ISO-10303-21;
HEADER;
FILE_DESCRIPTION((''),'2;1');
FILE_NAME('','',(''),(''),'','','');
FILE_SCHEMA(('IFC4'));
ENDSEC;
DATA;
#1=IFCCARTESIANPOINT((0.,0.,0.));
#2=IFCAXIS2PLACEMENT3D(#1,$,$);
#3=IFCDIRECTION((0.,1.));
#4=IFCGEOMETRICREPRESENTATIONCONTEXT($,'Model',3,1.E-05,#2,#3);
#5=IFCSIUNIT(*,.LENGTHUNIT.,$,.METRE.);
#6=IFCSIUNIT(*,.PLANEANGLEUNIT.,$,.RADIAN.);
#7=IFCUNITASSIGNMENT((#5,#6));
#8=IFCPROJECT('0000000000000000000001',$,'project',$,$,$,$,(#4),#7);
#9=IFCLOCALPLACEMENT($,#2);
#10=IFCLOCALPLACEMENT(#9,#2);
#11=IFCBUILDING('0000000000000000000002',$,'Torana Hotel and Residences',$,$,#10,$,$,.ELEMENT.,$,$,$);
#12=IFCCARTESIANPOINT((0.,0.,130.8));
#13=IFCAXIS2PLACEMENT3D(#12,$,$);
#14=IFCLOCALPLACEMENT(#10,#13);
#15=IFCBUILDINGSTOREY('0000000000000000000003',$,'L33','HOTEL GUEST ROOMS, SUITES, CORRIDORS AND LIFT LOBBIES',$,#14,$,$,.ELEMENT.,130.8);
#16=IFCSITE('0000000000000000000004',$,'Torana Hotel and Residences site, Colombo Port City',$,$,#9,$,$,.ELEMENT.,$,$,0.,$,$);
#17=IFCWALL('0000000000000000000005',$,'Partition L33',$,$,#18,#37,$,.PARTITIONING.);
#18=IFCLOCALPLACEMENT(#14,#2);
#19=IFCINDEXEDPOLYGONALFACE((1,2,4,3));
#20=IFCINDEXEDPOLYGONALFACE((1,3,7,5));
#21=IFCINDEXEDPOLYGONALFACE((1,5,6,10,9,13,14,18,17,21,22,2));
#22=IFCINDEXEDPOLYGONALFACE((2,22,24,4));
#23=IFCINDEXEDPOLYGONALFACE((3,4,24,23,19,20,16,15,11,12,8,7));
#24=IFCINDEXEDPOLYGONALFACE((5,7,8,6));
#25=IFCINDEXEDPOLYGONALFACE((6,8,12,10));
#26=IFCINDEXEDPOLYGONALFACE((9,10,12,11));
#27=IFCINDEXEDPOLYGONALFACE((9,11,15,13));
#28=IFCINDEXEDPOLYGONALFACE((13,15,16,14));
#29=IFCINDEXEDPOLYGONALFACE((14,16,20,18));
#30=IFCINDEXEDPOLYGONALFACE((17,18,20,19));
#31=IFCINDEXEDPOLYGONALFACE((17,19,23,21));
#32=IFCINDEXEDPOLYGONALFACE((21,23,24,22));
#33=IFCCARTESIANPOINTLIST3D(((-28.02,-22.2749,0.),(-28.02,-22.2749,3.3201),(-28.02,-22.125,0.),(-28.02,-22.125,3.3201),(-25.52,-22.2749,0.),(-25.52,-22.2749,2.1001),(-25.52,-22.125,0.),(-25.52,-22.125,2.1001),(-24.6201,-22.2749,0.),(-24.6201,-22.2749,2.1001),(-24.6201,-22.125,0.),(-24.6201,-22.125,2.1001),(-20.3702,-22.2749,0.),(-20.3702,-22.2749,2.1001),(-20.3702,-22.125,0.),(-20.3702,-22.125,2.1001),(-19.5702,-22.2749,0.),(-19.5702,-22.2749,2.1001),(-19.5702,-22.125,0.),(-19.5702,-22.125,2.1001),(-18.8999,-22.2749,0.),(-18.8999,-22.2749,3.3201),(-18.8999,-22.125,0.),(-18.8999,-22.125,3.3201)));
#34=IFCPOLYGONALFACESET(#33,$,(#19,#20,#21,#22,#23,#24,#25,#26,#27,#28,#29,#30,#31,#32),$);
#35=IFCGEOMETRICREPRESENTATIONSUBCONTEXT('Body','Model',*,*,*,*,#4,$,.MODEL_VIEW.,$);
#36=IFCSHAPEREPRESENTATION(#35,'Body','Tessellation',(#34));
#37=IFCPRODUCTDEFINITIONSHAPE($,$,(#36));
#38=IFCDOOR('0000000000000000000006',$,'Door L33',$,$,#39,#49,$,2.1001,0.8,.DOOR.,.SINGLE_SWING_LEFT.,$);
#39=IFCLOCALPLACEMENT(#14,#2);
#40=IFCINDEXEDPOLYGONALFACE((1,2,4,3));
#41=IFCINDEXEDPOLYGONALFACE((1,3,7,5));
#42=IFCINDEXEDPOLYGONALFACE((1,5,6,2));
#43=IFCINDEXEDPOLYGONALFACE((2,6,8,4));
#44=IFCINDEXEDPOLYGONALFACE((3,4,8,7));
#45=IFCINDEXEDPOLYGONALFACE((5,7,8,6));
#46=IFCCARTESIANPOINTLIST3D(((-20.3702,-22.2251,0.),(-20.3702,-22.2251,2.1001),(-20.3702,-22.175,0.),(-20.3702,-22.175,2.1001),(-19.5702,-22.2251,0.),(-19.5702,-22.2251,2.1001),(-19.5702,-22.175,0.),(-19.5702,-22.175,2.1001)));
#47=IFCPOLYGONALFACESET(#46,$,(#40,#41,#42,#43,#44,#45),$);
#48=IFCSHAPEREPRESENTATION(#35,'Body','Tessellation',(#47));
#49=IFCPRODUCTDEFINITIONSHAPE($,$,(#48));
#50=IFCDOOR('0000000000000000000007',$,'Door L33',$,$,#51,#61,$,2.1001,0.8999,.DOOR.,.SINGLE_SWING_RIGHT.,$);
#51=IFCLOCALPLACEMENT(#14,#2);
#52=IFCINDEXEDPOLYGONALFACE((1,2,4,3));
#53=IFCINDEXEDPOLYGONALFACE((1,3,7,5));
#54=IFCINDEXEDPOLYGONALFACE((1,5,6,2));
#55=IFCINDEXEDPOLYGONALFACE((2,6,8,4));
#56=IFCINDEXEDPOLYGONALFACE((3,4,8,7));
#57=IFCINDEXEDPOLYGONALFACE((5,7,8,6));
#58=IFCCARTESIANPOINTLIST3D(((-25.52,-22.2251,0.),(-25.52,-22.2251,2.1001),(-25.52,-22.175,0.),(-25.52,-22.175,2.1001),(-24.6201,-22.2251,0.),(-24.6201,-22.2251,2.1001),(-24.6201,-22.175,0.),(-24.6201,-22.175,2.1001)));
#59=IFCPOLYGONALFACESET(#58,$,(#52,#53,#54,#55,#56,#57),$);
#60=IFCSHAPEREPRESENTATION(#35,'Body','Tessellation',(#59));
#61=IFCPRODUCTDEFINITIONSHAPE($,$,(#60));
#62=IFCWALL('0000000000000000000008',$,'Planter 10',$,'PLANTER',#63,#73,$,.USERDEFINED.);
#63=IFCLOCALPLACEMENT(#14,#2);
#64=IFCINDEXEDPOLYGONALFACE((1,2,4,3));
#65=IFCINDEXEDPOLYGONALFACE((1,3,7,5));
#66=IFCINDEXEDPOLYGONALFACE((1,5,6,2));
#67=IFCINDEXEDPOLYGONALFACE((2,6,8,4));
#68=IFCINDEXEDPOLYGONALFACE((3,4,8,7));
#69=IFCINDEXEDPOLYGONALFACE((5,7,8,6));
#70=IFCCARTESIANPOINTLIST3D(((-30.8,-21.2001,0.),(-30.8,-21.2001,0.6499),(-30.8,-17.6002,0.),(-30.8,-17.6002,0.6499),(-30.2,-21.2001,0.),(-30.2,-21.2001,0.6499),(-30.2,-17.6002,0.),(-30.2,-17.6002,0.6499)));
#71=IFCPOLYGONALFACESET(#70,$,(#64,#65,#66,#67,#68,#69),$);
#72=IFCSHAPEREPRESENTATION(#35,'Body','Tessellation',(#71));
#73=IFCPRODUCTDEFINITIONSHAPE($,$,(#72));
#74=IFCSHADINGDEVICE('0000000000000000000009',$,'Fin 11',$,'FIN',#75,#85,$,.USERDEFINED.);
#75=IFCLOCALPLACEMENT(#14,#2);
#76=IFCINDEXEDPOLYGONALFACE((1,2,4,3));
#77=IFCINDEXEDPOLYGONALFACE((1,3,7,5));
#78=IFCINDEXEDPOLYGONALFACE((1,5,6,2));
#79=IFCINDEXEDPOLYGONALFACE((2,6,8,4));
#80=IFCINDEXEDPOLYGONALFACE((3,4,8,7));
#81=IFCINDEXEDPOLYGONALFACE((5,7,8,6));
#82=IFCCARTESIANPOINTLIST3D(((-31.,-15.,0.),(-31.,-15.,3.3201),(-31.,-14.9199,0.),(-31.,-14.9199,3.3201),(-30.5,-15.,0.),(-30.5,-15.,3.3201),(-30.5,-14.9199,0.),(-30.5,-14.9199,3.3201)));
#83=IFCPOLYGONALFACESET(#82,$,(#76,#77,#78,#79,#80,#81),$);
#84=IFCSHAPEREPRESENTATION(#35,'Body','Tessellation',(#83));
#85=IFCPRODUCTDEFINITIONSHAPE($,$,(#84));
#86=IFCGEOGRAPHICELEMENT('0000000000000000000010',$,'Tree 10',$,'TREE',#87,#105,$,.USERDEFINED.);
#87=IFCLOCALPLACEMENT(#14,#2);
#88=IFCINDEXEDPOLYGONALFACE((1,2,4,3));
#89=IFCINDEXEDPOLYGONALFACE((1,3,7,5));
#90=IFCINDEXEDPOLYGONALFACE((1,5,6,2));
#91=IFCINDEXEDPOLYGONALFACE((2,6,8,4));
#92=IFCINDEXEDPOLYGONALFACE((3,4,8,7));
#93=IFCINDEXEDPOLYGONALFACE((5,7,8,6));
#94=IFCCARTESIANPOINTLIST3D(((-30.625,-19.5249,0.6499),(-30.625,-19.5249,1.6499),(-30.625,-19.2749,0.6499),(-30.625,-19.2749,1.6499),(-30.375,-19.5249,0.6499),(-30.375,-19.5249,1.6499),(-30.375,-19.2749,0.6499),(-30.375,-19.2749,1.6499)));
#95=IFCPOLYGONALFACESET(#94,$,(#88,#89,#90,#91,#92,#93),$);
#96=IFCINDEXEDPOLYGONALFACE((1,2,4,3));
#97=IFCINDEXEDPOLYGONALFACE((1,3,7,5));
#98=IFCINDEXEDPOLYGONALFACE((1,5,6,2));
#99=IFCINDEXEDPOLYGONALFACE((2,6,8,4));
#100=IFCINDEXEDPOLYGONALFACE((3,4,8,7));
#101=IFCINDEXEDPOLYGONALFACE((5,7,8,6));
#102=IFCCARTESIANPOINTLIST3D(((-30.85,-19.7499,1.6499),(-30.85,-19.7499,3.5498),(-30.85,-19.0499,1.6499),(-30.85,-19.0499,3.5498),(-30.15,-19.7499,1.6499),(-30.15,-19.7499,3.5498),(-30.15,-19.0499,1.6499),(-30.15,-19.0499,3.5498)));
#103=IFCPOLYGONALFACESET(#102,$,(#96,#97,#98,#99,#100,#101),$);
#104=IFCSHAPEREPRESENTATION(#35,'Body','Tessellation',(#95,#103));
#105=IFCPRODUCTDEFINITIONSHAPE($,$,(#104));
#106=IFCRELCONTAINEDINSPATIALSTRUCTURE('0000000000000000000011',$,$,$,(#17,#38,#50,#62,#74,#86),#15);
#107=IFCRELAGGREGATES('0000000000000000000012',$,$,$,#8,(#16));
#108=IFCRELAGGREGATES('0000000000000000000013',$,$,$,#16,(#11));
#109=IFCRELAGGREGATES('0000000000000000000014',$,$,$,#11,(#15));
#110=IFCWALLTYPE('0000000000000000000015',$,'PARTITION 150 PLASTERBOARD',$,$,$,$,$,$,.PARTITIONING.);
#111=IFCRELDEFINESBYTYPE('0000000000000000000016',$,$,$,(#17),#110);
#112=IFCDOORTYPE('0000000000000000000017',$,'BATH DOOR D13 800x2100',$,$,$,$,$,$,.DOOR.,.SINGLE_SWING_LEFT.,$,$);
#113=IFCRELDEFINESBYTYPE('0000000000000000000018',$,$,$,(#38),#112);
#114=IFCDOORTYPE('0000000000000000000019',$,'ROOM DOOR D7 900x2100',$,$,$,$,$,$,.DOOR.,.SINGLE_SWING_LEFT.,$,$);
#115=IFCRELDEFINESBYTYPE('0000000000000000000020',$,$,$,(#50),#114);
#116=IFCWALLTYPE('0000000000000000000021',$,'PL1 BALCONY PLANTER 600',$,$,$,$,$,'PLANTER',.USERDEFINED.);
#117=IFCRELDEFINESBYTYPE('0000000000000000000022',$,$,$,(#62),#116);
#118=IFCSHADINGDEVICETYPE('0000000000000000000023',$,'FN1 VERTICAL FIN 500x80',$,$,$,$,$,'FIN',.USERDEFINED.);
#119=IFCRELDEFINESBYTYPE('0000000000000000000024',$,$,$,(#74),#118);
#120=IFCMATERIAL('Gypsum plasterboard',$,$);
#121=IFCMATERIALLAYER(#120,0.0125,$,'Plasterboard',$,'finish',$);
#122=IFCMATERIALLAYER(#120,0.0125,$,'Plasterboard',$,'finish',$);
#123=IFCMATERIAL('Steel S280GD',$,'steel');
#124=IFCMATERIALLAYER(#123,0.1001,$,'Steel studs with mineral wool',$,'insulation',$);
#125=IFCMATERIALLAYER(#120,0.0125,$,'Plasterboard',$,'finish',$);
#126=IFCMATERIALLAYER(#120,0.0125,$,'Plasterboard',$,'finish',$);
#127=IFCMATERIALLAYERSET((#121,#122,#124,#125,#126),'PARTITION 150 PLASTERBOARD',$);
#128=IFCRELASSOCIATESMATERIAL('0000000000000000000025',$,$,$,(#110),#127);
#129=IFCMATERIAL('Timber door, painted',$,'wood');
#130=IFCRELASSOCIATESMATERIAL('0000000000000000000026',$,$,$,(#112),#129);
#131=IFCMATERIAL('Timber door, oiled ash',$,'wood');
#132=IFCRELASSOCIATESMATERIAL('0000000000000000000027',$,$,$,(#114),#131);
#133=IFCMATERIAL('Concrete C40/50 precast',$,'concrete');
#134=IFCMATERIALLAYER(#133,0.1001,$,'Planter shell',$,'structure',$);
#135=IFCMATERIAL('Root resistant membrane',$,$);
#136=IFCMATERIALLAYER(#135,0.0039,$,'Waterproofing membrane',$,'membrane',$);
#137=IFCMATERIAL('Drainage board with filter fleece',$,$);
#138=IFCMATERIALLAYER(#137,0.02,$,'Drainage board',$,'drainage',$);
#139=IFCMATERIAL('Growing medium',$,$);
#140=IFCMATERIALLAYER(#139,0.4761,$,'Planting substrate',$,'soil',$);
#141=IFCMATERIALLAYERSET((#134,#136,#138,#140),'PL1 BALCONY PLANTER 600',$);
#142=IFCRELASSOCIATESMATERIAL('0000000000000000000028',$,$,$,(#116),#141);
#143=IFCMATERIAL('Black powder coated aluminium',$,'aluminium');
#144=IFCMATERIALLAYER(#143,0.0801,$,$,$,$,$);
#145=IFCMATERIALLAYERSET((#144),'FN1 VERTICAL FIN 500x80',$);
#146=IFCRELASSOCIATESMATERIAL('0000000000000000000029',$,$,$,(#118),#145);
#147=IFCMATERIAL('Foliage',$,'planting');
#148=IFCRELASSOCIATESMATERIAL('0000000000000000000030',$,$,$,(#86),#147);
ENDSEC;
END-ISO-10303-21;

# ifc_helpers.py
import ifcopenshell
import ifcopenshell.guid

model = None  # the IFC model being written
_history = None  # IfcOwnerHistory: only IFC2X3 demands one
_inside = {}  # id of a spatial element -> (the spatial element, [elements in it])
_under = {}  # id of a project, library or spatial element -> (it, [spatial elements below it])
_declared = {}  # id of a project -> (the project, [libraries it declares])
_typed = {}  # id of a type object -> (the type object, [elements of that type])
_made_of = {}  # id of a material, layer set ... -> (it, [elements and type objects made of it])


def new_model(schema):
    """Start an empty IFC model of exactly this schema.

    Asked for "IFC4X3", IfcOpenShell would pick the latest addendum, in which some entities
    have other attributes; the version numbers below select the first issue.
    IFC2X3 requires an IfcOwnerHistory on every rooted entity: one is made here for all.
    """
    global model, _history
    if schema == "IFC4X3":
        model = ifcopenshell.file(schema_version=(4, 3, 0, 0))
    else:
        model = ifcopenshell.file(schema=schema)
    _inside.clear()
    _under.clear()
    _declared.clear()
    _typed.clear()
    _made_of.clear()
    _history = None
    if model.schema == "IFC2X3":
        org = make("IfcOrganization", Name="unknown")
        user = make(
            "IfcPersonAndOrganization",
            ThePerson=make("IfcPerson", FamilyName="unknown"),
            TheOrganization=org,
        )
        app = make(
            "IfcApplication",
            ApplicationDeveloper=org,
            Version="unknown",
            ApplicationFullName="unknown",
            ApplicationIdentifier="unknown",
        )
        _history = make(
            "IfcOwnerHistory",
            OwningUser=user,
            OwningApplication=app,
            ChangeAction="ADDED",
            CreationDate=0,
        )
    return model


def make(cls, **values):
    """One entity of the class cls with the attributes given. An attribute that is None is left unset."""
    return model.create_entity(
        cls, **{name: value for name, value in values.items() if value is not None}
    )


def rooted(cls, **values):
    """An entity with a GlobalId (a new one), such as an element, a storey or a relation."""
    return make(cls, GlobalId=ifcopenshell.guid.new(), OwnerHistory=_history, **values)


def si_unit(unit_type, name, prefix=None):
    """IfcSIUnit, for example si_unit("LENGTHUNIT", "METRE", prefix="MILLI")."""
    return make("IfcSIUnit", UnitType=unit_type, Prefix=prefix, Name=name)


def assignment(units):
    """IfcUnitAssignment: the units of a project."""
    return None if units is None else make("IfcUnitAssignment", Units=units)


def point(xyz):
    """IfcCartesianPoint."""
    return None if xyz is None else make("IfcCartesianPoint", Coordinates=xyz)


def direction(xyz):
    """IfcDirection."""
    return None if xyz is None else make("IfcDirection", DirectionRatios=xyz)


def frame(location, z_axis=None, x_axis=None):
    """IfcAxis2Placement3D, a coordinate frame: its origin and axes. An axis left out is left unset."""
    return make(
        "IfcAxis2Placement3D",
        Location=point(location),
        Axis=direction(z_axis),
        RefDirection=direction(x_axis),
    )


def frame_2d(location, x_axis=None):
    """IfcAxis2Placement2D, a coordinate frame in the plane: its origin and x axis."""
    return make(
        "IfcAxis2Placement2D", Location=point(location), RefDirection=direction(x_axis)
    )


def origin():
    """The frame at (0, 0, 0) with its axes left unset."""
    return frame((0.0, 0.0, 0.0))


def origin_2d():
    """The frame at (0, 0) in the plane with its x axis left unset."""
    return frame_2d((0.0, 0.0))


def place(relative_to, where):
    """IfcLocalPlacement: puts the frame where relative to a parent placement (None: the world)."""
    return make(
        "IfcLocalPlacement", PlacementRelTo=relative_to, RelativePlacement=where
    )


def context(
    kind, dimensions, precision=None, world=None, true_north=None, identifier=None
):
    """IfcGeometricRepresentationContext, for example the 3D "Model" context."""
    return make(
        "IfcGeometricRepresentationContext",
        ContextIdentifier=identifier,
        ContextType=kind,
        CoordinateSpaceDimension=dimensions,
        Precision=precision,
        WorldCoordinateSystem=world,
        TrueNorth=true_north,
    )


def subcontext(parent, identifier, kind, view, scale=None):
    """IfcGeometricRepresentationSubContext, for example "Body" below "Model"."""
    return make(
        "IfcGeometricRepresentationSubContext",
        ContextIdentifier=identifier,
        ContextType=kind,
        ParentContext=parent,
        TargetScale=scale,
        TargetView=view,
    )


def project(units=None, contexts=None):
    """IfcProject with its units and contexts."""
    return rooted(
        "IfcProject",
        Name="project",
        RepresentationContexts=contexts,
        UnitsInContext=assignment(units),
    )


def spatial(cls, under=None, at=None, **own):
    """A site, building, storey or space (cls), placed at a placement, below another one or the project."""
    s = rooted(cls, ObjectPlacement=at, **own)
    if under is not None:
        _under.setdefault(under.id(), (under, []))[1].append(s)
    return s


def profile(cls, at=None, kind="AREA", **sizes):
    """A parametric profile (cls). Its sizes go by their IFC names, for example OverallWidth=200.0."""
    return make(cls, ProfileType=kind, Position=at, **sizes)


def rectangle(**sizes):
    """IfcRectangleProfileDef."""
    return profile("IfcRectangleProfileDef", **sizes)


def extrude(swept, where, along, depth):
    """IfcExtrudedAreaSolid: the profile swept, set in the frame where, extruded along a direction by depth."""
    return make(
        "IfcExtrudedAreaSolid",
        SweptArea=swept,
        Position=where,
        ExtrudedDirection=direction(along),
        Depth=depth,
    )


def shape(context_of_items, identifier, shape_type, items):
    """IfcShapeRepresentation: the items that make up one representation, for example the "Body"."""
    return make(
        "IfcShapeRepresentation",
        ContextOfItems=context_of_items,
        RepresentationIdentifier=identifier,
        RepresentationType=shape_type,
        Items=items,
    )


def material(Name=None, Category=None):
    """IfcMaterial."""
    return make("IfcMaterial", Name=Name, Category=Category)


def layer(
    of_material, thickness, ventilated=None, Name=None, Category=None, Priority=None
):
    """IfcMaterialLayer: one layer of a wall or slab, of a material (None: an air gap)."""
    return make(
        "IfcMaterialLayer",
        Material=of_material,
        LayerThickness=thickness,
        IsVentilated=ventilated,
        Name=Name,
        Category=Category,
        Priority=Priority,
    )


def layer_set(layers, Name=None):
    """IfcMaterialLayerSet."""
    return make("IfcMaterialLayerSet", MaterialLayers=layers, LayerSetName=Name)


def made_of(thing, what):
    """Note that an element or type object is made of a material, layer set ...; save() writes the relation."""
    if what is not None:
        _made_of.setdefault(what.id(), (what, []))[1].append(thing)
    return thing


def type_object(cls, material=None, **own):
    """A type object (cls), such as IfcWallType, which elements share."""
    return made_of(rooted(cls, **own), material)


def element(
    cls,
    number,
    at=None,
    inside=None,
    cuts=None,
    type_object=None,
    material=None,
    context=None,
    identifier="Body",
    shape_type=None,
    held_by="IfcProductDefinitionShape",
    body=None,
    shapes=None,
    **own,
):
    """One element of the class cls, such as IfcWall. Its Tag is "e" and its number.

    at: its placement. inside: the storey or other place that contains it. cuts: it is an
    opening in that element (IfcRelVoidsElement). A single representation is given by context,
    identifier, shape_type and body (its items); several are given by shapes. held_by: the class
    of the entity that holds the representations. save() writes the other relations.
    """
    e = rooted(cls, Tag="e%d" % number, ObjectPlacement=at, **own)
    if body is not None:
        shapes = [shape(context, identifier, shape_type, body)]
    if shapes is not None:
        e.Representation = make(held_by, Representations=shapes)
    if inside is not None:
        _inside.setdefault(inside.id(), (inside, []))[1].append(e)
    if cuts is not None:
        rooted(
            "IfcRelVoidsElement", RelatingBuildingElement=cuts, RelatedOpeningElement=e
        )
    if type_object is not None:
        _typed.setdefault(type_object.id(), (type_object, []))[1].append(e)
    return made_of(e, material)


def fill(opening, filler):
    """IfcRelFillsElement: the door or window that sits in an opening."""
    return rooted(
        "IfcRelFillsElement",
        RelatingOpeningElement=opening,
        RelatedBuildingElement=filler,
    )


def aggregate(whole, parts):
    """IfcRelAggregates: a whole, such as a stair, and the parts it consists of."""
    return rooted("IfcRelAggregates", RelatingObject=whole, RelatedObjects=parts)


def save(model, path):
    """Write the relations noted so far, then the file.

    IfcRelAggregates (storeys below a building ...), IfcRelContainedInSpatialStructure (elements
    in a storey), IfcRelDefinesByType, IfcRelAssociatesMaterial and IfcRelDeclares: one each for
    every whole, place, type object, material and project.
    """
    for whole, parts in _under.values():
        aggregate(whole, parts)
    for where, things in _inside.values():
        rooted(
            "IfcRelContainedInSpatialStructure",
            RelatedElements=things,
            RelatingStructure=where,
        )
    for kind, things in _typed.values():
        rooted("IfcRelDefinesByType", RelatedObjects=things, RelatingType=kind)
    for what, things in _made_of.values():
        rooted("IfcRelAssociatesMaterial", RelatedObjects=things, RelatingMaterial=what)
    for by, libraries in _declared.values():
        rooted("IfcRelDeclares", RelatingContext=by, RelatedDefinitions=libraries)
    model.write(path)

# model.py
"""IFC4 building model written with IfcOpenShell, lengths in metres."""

from ifc_helpers import new_model, si_unit, direction, frame, frame_2d, origin, origin_2d, place, context, subcontext, project, spatial, rectangle, extrude, material, layer, layer_set, type_object, element, fill, save


model = new_model("IFC4")

# Units and contexts
model_context = context("Model", 3, precision=1e-05, world=origin(), true_north=direction((0.0, 1.0)))
body_context = subcontext(model_context, "Body", "Model", "MODEL_VIEW")
ifc_project = project(units=[si_unit("LENGTHUNIT", "METRE"), si_unit("PLANEANGLEUNIT", "RADIAN")], contexts=[model_context])

# Site, building, storey
site_placement = place(None, origin())
site = spatial("IfcSite", under=ifc_project, at=site_placement, Name="Torana Hotel and Residences site, Colombo Port City", CompositionType="ELEMENT", RefElevation=0.0)
building_placement = place(site_placement, origin())
building = spatial("IfcBuilding", under=site, at=building_placement, Name="Torana Hotel and Residences", CompositionType="ELEMENT")
storey_placement = place(building_placement, frame((0.0, 0.0, 130.8)))
storey = spatial("IfcBuildingStorey", under=building, at=storey_placement, Name="L33", Description="HOTEL GUEST ROOMS, SUITES, CORRIDORS AND LIFT LOBBIES", CompositionType="ELEMENT", Elevation=130.8)

# Wall, openings, doors
ifc_material_1 = material(Name="Gypsum plasterboard")
ifc_layer_1 = layer(ifc_material_1, 0.0125, Name="Plasterboard", Category="finish")
ifc_layer_2 = layer(ifc_material_1, 0.0125, Name="Plasterboard", Category="finish")
ifc_material_2 = material(Name="Steel S280GD", Category="steel")
ifc_layer_3 = layer(ifc_material_2, 0.1001, Name="Steel studs with mineral wool", Category="insulation")
ifc_layer_4 = layer(ifc_material_1, 0.0125, Name="Plasterboard", Category="finish")
ifc_layer_5 = layer(ifc_material_1, 0.0125, Name="Plasterboard", Category="finish")
ifc_layer_set_1 = layer_set([ifc_layer_1, ifc_layer_2, ifc_layer_3, ifc_layer_4, ifc_layer_5], Name="PARTITION 150 PLASTERBOARD")
wall_type_1 = type_object("IfcWallType", Name="PARTITION 150 PLASTERBOARD", PredefinedType="PARTITIONING", material=ifc_layer_set_1)
wall_1_placement = place(storey_placement, frame((-28.02, -22.2, 0.0), z_axis=(0.0, 0.0, 1.0), x_axis=(1.0, 0.0, 0.0)))
wall_1 = element("IfcWall", 1, at=wall_1_placement, inside=storey, type_object=wall_type_1, Name="Partition L33", PredefinedType="PARTITIONING", context=body_context, shape_type="SweptSolid", body=[
    extrude(rectangle(XDim=9.1201, YDim=0.1499, at=frame_2d((4.5601, 0.0))), origin(), (0.0, 0.0, 1.0), 3.3201),
])
opening_1_placement = place(wall_1_placement, frame((7.6499, 0.0, 0.0)))
opening_1 = element("IfcOpeningElement", 2, at=opening_1_placement, cuts=wall_1, PredefinedType="OPENING", context=body_context, shape_type="SweptSolid", body=[
    extrude(rectangle(XDim=0.8, YDim=2.1001, at=frame_2d((0.3999, 1.05))), frame((0.0, 0.085, 0.0), z_axis=(0.0, -1.0, 0.0), x_axis=(1.0, 0.0, 0.0)), (0.0, 0.0, 1.0), 0.1699),
])
opening_2_placement = place(wall_1_placement, frame((2.5, 0.0, 0.0)))
opening_2 = element("IfcOpeningElement", 3, at=opening_2_placement, cuts=wall_1, PredefinedType="OPENING", context=body_context, shape_type="SweptSolid", body=[
    extrude(rectangle(XDim=0.8999, YDim=2.1001, at=frame_2d((0.45, 1.05))), frame((0.0, 0.085, 0.0), z_axis=(0.0, -1.0, 0.0), x_axis=(1.0, 0.0, 0.0)), (0.0, 0.0, 1.0), 0.1699),
])
ifc_material_3 = material(Name="Timber door, painted", Category="wood")
door_type_1 = type_object("IfcDoorType", Name="BATH DOOR D13 800x2100", OperationType="SINGLE_SWING_LEFT", PredefinedType="DOOR", material=ifc_material_3)
door_1_placement = place(opening_1_placement, origin())
door_1 = element("IfcDoor", 4, at=door_1_placement, inside=storey, type_object=door_type_1, Name="Door L33", OperationType="SINGLE_SWING_LEFT", OverallHeight=2.1001, OverallWidth=0.8, PredefinedType="DOOR", context=body_context, shape_type="SweptSolid", body=[
    extrude(rectangle(XDim=0.8, YDim=2.1001, at=frame_2d((0.3999, 1.05))), frame((0.0, 0.0249, 0.0), z_axis=(0.0, -1.0, 0.0), x_axis=(1.0, 0.0, 0.0)), (0.0, 0.0, 1.0), 0.05),
])
fill(opening_1, door_1)
ifc_material_4 = material(Name="Timber door, oiled ash", Category="wood")
door_type_2 = type_object("IfcDoorType", Name="ROOM DOOR D7 900x2100", OperationType="SINGLE_SWING_LEFT", PredefinedType="DOOR", material=ifc_material_4)
door_2_placement = place(opening_2_placement, origin())
door_2 = element("IfcDoor", 5, at=door_2_placement, inside=storey, type_object=door_type_2, Name="Door L33", OperationType="SINGLE_SWING_RIGHT", OverallHeight=2.1001, OverallWidth=0.8999, PredefinedType="DOOR", context=body_context, shape_type="SweptSolid", body=[
    extrude(rectangle(XDim=0.8999, YDim=2.1001, at=frame_2d((0.45, 1.05))), frame((0.0, 0.0249, 0.0), z_axis=(0.0, -1.0, 0.0), x_axis=(1.0, 0.0, 0.0)), (0.0, 0.0, 1.0), 0.05),
])
fill(opening_2, door_2)

# Wall
ifc_material_5 = material(Name="Concrete C40/50 precast", Category="concrete")
ifc_layer_6 = layer(ifc_material_5, 0.1001, Name="Planter shell", Category="structure")
ifc_material_6 = material(Name="Root resistant membrane")
ifc_layer_7 = layer(ifc_material_6, 0.0039, Name="Waterproofing membrane", Category="membrane")
ifc_material_7 = material(Name="Drainage board with filter fleece")
ifc_layer_8 = layer(ifc_material_7, 0.02, Name="Drainage board", Category="drainage")
ifc_material_8 = material(Name="Growing medium")
ifc_layer_9 = layer(ifc_material_8, 0.4761, Name="Planting substrate", Category="soil")
ifc_layer_set_2 = layer_set([ifc_layer_6, ifc_layer_7, ifc_layer_8, ifc_layer_9], Name="PL1 BALCONY PLANTER 600")
wall_type_2 = type_object("IfcWallType", Name="PL1 BALCONY PLANTER 600", ElementType="PLANTER", PredefinedType="USERDEFINED", material=ifc_layer_set_2)
wall_2_placement = place(storey_placement, frame((-30.5, -21.2, 0.0), z_axis=(0.0, 0.0, 1.0), x_axis=(0.0, 1.0, 0.0)))
element("IfcWall", 6, at=wall_2_placement, inside=storey, type_object=wall_type_2, Name="Planter 10", ObjectType="PLANTER", PredefinedType="USERDEFINED", context=body_context, shape_type="SweptSolid", body=[
    extrude(rectangle(XDim=3.5999, YDim=0.6001, at=frame_2d((1.7998, 0.0))), origin(), (0.0, 0.0, 1.0), 0.6499),
])

# Shading device
ifc_material_9 = material(Name="Black powder coated aluminium", Category="aluminium")
ifc_layer_10 = layer(ifc_material_9, 0.0801)
ifc_layer_set_3 = layer_set([ifc_layer_10], Name="FN1 VERTICAL FIN 500x80")
shading_device_type = type_object("IfcShadingDeviceType", Name="FN1 VERTICAL FIN 500x80", ElementType="FIN", PredefinedType="USERDEFINED", material=ifc_layer_set_3)
shading_device_placement = place(storey_placement, frame((-30.75, -14.96, 0.0), z_axis=(0.0, 0.0, 1.0), x_axis=(0.0, 1.0, 0.0)))
element("IfcShadingDevice", 7, at=shading_device_placement, inside=storey, type_object=shading_device_type, Name="Fin 11", ObjectType="FIN", PredefinedType="USERDEFINED", context=body_context, shape_type="SweptSolid", body=[
    extrude(rectangle(XDim=0.0801, YDim=0.5, at=origin_2d()), origin(), (0.0, 0.0, 1.0), 3.3201),
])

# Geographic element
ifc_material_10 = material(Name="Foliage", Category="planting")
geographic_element_placement = place(storey_placement, frame((-30.5, -19.3999, 0.6499), z_axis=(0.0, 0.0, 1.0), x_axis=(1.0, 0.0, 0.0)))
element("IfcGeographicElement", 8, at=geographic_element_placement, inside=storey, material=ifc_material_10, Name="Tree 10", ObjectType="TREE", PredefinedType="USERDEFINED", context=body_context, shape_type="SweptSolid", body=[
    extrude(rectangle(XDim=0.25, YDim=0.25, at=origin_2d()), origin(), (0.0, 0.0, 1.0), 1.0),
    extrude(rectangle(XDim=0.7, YDim=0.7, at=origin_2d()), frame((0.0, 0.0, 1.0)), (0.0, 0.0, 1.0), 1.8999),
])

save(model, "model.ifc")
